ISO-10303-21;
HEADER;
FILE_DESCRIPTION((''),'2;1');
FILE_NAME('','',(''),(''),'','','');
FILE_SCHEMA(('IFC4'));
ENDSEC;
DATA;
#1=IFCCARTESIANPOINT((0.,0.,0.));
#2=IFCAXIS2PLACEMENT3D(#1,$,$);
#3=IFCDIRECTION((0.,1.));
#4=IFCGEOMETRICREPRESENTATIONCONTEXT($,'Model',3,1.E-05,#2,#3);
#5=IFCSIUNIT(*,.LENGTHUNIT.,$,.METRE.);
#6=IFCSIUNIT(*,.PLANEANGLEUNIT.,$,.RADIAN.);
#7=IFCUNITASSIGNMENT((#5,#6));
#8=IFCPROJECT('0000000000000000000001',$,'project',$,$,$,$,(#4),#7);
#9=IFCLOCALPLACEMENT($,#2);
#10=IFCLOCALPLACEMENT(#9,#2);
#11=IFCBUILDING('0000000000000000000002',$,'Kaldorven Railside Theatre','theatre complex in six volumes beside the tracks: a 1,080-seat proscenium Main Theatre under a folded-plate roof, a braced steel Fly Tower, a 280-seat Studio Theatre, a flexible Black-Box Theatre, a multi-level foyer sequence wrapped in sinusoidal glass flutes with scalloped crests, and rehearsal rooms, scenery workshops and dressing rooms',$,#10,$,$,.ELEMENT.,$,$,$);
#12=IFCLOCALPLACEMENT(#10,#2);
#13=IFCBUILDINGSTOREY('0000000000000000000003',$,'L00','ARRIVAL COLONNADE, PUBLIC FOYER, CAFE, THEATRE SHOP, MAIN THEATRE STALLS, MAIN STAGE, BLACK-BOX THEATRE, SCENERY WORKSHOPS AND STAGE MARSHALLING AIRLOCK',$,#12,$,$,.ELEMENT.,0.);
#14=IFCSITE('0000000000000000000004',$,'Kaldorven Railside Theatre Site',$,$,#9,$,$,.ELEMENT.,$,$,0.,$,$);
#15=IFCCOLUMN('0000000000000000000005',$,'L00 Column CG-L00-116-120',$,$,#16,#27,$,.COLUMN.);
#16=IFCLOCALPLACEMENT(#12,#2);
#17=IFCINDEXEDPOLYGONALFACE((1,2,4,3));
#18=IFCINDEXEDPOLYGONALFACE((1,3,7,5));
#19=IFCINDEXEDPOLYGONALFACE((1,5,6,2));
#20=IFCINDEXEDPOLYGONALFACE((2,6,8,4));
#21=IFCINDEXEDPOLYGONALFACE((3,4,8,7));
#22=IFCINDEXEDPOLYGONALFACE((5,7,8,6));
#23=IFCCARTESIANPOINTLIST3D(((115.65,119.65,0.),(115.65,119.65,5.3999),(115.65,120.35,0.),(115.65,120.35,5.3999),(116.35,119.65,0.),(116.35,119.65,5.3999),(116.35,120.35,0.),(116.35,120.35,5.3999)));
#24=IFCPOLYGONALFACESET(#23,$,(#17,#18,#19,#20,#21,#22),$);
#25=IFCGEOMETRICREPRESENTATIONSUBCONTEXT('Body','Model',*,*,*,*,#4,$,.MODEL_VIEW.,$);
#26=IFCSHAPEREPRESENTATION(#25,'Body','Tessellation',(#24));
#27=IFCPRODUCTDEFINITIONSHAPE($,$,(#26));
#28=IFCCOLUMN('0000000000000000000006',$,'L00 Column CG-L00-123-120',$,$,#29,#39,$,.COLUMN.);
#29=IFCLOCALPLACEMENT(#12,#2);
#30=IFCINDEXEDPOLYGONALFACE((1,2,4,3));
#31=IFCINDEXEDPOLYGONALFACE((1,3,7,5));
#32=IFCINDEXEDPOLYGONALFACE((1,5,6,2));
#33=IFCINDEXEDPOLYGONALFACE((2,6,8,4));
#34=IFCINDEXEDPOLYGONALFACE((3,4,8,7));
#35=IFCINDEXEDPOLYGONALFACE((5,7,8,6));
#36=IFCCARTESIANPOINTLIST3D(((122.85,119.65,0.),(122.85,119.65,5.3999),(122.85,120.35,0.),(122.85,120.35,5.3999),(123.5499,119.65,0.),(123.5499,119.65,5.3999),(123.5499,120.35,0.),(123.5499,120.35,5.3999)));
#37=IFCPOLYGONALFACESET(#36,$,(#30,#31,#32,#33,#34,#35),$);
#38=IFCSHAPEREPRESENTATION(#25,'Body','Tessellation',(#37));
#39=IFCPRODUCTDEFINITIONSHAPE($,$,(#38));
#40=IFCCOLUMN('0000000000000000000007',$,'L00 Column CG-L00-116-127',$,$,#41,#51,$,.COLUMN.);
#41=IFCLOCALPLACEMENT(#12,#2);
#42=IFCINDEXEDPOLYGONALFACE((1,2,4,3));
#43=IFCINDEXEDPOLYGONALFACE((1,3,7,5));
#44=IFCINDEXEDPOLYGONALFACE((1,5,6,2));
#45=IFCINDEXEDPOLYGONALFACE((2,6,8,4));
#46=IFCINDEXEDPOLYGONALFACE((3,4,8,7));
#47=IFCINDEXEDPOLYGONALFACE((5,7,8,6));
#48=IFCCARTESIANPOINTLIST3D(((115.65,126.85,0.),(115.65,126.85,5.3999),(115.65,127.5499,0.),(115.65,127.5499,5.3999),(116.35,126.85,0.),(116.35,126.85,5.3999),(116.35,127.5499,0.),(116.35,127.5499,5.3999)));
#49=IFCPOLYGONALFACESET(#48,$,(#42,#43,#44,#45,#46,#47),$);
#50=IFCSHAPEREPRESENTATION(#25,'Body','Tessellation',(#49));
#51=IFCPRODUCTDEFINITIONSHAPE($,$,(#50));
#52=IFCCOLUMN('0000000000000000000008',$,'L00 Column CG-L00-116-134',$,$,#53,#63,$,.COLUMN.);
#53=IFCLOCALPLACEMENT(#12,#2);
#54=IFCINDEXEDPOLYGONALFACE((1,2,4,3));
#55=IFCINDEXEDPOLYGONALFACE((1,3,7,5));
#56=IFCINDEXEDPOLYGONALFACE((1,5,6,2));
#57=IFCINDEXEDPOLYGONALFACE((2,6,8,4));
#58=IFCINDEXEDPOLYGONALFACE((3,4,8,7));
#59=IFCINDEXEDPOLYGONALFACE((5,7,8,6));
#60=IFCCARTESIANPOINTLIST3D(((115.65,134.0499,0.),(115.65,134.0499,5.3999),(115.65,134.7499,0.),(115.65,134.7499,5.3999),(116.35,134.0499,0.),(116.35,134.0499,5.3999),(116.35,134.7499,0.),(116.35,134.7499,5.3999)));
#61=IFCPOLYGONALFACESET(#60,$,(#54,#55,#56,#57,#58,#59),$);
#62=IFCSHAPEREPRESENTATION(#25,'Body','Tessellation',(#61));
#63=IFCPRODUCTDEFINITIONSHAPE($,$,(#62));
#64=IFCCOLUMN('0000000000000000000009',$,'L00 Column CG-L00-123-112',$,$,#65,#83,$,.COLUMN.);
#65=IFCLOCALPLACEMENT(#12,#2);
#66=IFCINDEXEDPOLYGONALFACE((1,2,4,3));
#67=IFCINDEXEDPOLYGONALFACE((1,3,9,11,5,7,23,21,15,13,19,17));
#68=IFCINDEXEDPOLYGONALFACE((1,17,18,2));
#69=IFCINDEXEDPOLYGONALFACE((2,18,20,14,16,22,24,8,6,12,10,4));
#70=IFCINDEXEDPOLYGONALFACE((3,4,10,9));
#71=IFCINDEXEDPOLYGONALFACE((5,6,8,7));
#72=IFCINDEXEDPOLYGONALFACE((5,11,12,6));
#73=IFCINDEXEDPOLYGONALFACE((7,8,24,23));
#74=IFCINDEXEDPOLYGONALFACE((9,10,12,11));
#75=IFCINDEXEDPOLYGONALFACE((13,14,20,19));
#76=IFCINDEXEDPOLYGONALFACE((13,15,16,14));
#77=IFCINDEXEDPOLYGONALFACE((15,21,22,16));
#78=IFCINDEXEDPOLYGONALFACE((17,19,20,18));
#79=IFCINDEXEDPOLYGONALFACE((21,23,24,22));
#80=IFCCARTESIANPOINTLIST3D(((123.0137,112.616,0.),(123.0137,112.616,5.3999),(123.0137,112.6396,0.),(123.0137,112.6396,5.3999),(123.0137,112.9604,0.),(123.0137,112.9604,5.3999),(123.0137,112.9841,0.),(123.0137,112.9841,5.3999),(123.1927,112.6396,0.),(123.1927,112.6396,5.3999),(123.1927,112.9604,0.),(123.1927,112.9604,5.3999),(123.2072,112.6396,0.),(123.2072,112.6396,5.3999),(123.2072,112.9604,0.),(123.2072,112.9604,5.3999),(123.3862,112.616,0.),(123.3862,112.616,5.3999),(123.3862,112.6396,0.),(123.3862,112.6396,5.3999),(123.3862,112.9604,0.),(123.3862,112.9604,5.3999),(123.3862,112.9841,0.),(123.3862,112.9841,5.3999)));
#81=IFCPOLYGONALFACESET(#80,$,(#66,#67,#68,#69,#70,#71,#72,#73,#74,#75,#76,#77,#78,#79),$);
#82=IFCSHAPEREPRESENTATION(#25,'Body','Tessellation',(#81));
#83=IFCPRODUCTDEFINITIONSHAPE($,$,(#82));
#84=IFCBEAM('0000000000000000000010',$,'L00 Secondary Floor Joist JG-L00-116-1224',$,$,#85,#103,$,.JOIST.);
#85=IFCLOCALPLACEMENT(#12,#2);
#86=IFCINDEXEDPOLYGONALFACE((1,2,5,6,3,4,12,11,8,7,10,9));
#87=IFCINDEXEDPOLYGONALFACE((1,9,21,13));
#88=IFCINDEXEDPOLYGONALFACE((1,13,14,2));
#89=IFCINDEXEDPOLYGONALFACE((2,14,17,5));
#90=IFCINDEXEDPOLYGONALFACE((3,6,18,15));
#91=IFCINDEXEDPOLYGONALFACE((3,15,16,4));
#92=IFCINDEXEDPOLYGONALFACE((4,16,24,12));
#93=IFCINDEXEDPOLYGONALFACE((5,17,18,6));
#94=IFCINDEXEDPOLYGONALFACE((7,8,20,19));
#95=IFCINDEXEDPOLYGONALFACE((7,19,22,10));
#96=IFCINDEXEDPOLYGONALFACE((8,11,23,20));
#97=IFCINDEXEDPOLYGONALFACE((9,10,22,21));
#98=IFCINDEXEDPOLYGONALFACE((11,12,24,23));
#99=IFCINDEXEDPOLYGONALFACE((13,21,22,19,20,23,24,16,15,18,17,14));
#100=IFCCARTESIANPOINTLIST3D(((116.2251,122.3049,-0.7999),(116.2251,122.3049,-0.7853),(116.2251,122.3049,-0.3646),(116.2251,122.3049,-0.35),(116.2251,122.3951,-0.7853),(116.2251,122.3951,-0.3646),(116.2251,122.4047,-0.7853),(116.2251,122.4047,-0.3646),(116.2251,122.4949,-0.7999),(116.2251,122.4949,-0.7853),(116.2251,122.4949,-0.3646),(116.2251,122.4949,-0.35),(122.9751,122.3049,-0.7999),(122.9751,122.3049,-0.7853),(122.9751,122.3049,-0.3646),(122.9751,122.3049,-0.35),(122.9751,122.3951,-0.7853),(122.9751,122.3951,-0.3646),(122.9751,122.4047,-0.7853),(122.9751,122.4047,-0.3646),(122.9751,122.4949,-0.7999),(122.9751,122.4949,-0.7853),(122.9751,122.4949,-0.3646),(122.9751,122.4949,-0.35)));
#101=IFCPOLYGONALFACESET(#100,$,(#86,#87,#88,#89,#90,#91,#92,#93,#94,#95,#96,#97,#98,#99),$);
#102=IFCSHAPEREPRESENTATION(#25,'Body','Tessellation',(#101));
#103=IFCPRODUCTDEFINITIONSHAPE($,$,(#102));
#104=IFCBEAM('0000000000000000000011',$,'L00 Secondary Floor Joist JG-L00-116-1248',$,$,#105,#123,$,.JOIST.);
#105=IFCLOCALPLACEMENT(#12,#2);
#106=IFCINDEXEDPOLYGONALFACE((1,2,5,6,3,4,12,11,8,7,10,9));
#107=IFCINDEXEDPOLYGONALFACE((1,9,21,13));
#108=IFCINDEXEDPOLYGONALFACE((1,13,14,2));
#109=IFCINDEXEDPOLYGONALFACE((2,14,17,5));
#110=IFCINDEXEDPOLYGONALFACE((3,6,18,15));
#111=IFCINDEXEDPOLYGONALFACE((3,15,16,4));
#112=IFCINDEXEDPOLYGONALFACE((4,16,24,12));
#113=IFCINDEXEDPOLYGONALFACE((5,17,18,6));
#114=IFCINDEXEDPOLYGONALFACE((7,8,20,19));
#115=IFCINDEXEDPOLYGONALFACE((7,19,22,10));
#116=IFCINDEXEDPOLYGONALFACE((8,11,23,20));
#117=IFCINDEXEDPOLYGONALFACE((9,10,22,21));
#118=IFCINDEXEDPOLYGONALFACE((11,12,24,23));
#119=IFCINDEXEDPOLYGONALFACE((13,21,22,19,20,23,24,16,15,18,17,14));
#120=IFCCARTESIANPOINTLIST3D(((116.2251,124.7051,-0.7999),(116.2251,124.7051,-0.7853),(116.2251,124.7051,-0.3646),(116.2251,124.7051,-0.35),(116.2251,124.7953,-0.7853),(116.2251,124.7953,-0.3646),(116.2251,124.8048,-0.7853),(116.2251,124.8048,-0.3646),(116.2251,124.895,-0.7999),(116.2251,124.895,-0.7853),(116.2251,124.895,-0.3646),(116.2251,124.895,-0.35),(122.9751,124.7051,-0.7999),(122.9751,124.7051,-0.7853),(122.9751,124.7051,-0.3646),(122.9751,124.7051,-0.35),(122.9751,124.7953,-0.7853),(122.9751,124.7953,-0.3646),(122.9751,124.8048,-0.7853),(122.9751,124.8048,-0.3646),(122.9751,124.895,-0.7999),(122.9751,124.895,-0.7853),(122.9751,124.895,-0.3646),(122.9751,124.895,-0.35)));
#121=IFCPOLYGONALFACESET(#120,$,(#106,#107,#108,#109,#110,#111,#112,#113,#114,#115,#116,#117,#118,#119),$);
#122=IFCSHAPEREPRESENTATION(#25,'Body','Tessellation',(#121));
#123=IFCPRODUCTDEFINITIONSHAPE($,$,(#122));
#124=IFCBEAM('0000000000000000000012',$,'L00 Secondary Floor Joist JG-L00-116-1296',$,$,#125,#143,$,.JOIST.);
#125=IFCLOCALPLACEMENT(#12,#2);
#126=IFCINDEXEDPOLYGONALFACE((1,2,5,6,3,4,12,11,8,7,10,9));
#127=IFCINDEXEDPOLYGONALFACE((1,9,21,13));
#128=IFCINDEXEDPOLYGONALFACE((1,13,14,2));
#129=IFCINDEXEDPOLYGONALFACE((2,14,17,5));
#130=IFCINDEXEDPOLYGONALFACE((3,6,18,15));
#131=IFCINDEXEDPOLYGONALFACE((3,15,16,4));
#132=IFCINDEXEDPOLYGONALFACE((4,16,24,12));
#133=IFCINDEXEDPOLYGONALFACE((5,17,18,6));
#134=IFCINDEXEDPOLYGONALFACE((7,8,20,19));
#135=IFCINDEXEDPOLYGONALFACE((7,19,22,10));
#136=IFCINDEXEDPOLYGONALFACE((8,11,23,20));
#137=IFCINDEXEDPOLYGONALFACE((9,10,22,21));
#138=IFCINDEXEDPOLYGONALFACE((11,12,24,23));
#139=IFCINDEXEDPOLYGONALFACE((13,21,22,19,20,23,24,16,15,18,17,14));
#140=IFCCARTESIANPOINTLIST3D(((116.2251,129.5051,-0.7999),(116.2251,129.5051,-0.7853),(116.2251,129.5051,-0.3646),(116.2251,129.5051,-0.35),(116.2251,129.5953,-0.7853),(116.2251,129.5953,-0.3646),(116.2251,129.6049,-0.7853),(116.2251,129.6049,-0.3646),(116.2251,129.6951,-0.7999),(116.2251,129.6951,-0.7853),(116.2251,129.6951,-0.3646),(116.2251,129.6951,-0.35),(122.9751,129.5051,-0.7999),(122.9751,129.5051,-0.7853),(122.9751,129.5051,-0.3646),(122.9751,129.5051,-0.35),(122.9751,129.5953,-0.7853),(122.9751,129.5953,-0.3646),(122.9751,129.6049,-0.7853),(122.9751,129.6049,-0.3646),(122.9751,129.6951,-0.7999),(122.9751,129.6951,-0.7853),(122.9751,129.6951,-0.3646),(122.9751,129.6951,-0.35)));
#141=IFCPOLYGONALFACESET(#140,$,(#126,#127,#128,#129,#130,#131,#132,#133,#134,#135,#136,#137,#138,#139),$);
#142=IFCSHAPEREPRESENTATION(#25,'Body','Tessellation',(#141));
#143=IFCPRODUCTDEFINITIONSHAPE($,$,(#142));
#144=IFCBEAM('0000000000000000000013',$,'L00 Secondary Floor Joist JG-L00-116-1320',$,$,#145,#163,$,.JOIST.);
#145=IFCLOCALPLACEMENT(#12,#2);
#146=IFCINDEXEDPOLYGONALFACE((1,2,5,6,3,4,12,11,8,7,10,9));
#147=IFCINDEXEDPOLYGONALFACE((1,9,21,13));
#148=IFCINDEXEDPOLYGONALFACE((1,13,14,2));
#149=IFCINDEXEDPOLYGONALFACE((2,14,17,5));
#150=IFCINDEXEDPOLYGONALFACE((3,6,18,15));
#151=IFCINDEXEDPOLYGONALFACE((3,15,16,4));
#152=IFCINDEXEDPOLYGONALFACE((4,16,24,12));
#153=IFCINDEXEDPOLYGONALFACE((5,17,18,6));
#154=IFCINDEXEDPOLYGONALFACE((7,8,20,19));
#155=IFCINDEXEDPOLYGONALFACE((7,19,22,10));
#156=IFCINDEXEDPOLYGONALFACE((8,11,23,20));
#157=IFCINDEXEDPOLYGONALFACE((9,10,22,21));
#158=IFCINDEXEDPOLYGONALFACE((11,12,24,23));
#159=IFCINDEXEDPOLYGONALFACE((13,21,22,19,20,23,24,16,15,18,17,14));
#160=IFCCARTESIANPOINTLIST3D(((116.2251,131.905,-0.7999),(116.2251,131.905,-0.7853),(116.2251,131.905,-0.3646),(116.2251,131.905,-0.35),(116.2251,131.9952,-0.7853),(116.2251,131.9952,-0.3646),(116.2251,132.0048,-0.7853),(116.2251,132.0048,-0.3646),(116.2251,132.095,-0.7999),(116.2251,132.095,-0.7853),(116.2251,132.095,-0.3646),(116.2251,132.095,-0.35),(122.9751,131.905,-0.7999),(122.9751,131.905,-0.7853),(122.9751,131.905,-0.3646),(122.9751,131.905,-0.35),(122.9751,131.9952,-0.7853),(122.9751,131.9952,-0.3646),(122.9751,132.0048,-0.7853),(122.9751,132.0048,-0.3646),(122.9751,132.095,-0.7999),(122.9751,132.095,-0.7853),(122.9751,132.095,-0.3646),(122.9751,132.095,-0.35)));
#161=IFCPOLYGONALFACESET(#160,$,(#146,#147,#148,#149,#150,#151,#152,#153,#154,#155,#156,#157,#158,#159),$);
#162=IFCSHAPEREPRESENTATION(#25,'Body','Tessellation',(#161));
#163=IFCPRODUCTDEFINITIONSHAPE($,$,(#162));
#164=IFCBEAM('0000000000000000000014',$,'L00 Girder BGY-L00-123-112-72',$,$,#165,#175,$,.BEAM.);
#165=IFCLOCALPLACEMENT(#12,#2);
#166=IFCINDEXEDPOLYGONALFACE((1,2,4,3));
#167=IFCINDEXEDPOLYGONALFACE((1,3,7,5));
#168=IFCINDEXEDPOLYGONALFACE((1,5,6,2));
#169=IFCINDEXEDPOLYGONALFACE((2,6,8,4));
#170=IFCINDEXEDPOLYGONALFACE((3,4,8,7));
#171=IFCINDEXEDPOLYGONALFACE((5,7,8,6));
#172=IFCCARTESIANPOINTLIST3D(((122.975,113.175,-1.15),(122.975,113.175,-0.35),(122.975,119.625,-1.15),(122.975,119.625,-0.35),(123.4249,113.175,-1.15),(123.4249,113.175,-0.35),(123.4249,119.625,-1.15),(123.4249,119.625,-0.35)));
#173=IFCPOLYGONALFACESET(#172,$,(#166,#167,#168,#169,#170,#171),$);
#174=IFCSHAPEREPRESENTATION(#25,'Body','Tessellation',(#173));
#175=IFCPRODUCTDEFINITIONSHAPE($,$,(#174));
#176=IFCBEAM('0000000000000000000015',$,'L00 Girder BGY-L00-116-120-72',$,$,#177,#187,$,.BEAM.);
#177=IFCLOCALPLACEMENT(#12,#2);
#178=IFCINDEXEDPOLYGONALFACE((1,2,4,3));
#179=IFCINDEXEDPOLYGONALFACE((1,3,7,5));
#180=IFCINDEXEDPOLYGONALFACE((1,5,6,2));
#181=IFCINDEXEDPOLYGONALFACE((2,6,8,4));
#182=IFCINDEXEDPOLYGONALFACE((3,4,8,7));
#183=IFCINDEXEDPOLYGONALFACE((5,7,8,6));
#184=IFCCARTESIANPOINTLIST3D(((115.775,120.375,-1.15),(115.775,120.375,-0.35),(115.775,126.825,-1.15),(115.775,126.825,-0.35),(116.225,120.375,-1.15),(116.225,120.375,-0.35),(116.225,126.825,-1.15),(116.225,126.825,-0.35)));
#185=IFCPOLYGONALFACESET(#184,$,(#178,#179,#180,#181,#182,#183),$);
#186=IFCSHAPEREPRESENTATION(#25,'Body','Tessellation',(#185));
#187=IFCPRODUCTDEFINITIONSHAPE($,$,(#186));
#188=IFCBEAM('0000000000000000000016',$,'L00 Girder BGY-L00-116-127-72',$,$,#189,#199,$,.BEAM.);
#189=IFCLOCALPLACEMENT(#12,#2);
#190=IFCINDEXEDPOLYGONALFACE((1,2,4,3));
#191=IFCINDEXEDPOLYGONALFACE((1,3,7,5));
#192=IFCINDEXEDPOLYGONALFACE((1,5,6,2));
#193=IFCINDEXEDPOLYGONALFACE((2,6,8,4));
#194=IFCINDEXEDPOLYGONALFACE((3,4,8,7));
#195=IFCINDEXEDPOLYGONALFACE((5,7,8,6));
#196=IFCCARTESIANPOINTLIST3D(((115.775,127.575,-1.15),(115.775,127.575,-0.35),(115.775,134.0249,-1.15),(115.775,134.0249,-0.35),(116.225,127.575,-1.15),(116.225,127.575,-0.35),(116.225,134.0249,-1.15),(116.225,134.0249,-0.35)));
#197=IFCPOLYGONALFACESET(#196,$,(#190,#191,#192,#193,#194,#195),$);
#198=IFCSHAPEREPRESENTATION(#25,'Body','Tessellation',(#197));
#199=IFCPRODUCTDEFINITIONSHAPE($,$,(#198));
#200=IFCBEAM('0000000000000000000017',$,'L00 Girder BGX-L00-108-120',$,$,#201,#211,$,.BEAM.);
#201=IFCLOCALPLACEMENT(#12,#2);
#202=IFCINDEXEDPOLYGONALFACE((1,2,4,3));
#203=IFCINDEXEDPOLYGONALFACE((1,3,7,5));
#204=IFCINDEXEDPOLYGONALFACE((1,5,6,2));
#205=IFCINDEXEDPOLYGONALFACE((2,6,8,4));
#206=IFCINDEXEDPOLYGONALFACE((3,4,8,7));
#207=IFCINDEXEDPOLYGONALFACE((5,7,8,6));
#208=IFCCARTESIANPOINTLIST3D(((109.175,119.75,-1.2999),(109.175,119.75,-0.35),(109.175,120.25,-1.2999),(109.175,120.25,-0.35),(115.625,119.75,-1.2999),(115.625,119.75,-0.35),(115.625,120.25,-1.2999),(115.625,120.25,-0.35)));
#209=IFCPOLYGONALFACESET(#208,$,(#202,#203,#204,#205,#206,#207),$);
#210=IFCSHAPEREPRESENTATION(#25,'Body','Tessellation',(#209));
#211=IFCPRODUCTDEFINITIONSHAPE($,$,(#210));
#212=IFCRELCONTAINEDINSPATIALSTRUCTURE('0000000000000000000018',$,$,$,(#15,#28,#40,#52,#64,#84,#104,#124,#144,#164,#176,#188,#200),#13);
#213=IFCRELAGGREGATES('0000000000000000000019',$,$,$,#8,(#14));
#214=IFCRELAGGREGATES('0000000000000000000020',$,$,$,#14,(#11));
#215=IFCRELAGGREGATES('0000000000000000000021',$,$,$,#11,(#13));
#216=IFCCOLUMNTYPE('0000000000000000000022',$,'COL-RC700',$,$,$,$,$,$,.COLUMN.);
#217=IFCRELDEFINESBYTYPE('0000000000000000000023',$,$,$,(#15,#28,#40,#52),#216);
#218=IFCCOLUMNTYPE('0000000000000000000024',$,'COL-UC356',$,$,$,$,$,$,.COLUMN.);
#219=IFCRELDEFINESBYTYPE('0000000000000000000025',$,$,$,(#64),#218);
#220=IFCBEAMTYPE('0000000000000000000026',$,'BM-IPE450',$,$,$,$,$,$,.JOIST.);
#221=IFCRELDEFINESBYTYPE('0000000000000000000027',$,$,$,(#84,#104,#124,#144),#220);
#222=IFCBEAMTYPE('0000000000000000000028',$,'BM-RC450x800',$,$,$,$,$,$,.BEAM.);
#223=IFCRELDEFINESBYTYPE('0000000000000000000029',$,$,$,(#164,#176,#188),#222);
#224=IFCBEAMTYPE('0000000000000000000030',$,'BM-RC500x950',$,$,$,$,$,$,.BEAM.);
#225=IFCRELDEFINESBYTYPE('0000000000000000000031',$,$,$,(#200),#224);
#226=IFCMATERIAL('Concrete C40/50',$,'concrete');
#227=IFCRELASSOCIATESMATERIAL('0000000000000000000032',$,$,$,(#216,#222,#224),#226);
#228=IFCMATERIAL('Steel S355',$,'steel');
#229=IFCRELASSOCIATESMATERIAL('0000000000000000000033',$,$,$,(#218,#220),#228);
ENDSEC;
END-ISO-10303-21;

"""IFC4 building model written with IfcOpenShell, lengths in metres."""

from ifc_helpers import new_model, si_unit, direction, frame, origin, origin_2d, place, context, subcontext, project, spatial, rectangle, i_section, extrude, material, material_profile, profile_set, type_object, element, save


model = new_model("IFC4")

# Units and contexts
model_context = context("Model", 3, precision=1e-05, world=origin(), true_north=direction((0.0, 1.0)))
body_context = subcontext(model_context, "Body", "Model", "MODEL_VIEW")
ifc_project = project(units=[si_unit("LENGTHUNIT", "METRE"), si_unit("PLANEANGLEUNIT", "RADIAN")], contexts=[model_context])

# Site, building, storey
site_placement = place(None, origin())
site = spatial("IfcSite", under=ifc_project, at=site_placement, Name="Kaldorven Railside Theatre Site", CompositionType="ELEMENT", RefElevation=0.0)
building_placement = place(site_placement, origin())
building = spatial("IfcBuilding", under=site, at=building_placement, Name="Kaldorven Railside Theatre", Description="theatre complex in six volumes beside the tracks: a 1,080-seat proscenium Main Theatre under a folded-plate roof, a braced steel Fly Tower, a 280-seat Studio Theatre, a flexible Black-Box Theatre, a multi-level foyer sequence wrapped in sinusoidal glass flutes with scalloped crests, and rehearsal rooms, scenery workshops and dressing rooms", CompositionType="ELEMENT")
storey_placement = place(building_placement, origin())
storey = spatial("IfcBuildingStorey", under=building, at=storey_placement, Name="L00", Description="ARRIVAL COLONNADE, PUBLIC FOYER, CAFE, THEATRE SHOP, MAIN THEATRE STALLS, MAIN STAGE, BLACK-BOX THEATRE, SCENERY WORKSHOPS AND STAGE MARSHALLING AIRLOCK", CompositionType="ELEMENT", Elevation=0.0)

# Columns
ifc_material_1 = material(Name="Concrete C40/50", Category="concrete")
ifc_material_profile_1 = material_profile(ifc_material_1, rectangle(XDim=0.7, YDim=0.7, at=origin_2d()), Name="RC 700x700")
ifc_profile_set_1 = profile_set([ifc_material_profile_1], Name="Concrete C40/50")
column_type_1 = type_object("IfcColumnType", Name="COL-RC700", PredefinedType="COLUMN", material=ifc_profile_set_1)
for number, where, z_axis, x_axis, name in (
    (1, (116.0, 120.0, 0.0), (0.0, 0.0, 1.0), (1.0, 0.0, 0.0), "L00 Column CG-L00-116-120"),
    (2, (123.2, 120.0, 0.0), (0.0, 0.0, 1.0), (0.0, 1.0, 0.0), "L00 Column CG-L00-123-120"),
    (3, (116.0, 127.2, 0.0), (0.0, 0.0, 1.0), (0.0, 1.0, 0.0), "L00 Column CG-L00-116-127"),
    (4, (116.0, 134.3999, 0.0), (0.0, 0.0, 1.0), (1.0, 0.0, 0.0), "L00 Column CG-L00-116-134"),
):
    element("IfcColumn", number, at=place(storey_placement, frame(where, z_axis=z_axis, x_axis=x_axis)), inside=storey, type_object=column_type_1, Name=name, PredefinedType="COLUMN", context=body_context, shape_type="SweptSolid", body=[
        extrude(rectangle(XDim=0.7, YDim=0.7, at=origin_2d()), origin(), (0.0, 0.0, 1.0), 5.3999),
    ])
ifc_material_2 = material(Name="Steel S355", Category="steel")
ifc_material_profile_2 = material_profile(ifc_material_2, i_section(OverallWidth=0.3726, OverallDepth=0.3682, WebThickness=0.0144, FlangeThickness=0.0237, at=origin_2d()), Name="UC 356x368x177")
ifc_profile_set_2 = profile_set([ifc_material_profile_2], Name="Steel S355")
column_type_2 = type_object("IfcColumnType", Name="COL-UC356", PredefinedType="COLUMN", material=ifc_profile_set_2)
column_placement = place(storey_placement, frame((123.2, 112.8, 0.0), z_axis=(0.0, 0.0, 1.0), x_axis=(1.0, 0.0, 0.0)))
element("IfcColumn", 5, at=column_placement, inside=storey, type_object=column_type_2, Name="L00 Column CG-L00-123-112", PredefinedType="COLUMN", context=body_context, shape_type="SweptSolid", body=[
    extrude(i_section(OverallWidth=0.3726, OverallDepth=0.3682, WebThickness=0.0144, FlangeThickness=0.0237, at=origin_2d()), origin(), (0.0, 0.0, 1.0), 5.3999),
])

# Beams
ifc_material_profile_3 = material_profile(ifc_material_2, i_section(OverallWidth=0.1899, OverallDepth=0.45, WebThickness=0.0095, FlangeThickness=0.0146, at=origin_2d()), Name="IPE 450")
ifc_profile_set_3 = profile_set([ifc_material_profile_3], Name="Steel S355")
beam_type_1 = type_object("IfcBeamType", Name="BM-IPE450", PredefinedType="JOIST", material=ifc_profile_set_3)
for number, where, z_axis, x_axis, name in (
    (6, (116.2251, 122.3999, -0.575), (1.0, 0.0, 0.0), (0.0, 1.0, 0.0), "L00 Secondary Floor Joist JG-L00-116-1224"),
    (7, (116.2251, 124.8, -0.575), (1.0, 0.0, 0.0), (0.0, 1.0, 0.0), "L00 Secondary Floor Joist JG-L00-116-1248"),
    (8, (116.2251, 129.6001, -0.575), (1.0, 0.0, 0.0), (0.0, 1.0, 0.0), "L00 Secondary Floor Joist JG-L00-116-1296"),
    (9, (116.2251, 132.0, -0.575), (1.0, 0.0, 0.0), (0.0, 1.0, 0.0), "L00 Secondary Floor Joist JG-L00-116-1320"),
):
    element("IfcBeam", number, at=place(storey_placement, frame(where, z_axis=z_axis, x_axis=x_axis)), inside=storey, type_object=beam_type_1, Name=name, PredefinedType="JOIST", context=body_context, shape_type="SweptSolid", body=[
        extrude(i_section(OverallWidth=0.1899, OverallDepth=0.45, WebThickness=0.0095, FlangeThickness=0.0146, at=origin_2d()), origin(), (0.0, 0.0, 1.0), 6.75),
    ])
ifc_material_profile_4 = material_profile(ifc_material_1, rectangle(XDim=0.45, YDim=0.8, at=origin_2d()), Name="RC 450x800")
ifc_profile_set_4 = profile_set([ifc_material_profile_4], Name="Concrete C40/50")
beam_type_2 = type_object("IfcBeamType", Name="BM-RC450x800", PredefinedType="BEAM", material=ifc_profile_set_4)
for number, where, z_axis, x_axis, name in (
    (10, (123.2, 113.175, -0.75), (0.0, 1.0, 0.0), (-1.0, 0.0, 0.0), "L00 Girder BGY-L00-123-112-72"),
    (11, (116.0, 120.375, -0.75), (0.0, 1.0, 0.0), (-1.0, 0.0, 0.0), "L00 Girder BGY-L00-116-120-72"),
    (12, (116.0, 127.575, -0.75), (0.0, 1.0, 0.0), (-1.0, 0.0, 0.0), "L00 Girder BGY-L00-116-127-72"),
):
    element("IfcBeam", number, at=place(storey_placement, frame(where, z_axis=z_axis, x_axis=x_axis)), inside=storey, type_object=beam_type_2, Name=name, PredefinedType="BEAM", context=body_context, shape_type="SweptSolid", body=[
        extrude(rectangle(XDim=0.45, YDim=0.8, at=origin_2d()), origin(), (0.0, 0.0, 1.0), 6.45),
    ])
ifc_material_profile_5 = material_profile(ifc_material_1, rectangle(XDim=0.5, YDim=0.95, at=origin_2d()), Name="RC 500x950")
ifc_profile_set_5 = profile_set([ifc_material_profile_5], Name="Concrete C40/50")
beam_type_3 = type_object("IfcBeamType", Name="BM-RC500x950", PredefinedType="BEAM", material=ifc_profile_set_5)
for number, where, z_axis, x_axis, name in (
    (13, (109.175, 120.0, -0.825), (1.0, 0.0, 0.0), (0.0, 1.0, 0.0), "L00 Girder BGX-L00-108-120"),
):
    element("IfcBeam", number, at=place(storey_placement, frame(where, z_axis=z_axis, x_axis=x_axis)), inside=storey, type_object=beam_type_3, Name=name, PredefinedType="BEAM", context=body_context, shape_type="SweptSolid", body=[
        extrude(rectangle(XDim=0.5, YDim=0.95, at=origin_2d()), origin(), (0.0, 0.0, 1.0), 6.45),
    ])

save(model, "model.ifc")
